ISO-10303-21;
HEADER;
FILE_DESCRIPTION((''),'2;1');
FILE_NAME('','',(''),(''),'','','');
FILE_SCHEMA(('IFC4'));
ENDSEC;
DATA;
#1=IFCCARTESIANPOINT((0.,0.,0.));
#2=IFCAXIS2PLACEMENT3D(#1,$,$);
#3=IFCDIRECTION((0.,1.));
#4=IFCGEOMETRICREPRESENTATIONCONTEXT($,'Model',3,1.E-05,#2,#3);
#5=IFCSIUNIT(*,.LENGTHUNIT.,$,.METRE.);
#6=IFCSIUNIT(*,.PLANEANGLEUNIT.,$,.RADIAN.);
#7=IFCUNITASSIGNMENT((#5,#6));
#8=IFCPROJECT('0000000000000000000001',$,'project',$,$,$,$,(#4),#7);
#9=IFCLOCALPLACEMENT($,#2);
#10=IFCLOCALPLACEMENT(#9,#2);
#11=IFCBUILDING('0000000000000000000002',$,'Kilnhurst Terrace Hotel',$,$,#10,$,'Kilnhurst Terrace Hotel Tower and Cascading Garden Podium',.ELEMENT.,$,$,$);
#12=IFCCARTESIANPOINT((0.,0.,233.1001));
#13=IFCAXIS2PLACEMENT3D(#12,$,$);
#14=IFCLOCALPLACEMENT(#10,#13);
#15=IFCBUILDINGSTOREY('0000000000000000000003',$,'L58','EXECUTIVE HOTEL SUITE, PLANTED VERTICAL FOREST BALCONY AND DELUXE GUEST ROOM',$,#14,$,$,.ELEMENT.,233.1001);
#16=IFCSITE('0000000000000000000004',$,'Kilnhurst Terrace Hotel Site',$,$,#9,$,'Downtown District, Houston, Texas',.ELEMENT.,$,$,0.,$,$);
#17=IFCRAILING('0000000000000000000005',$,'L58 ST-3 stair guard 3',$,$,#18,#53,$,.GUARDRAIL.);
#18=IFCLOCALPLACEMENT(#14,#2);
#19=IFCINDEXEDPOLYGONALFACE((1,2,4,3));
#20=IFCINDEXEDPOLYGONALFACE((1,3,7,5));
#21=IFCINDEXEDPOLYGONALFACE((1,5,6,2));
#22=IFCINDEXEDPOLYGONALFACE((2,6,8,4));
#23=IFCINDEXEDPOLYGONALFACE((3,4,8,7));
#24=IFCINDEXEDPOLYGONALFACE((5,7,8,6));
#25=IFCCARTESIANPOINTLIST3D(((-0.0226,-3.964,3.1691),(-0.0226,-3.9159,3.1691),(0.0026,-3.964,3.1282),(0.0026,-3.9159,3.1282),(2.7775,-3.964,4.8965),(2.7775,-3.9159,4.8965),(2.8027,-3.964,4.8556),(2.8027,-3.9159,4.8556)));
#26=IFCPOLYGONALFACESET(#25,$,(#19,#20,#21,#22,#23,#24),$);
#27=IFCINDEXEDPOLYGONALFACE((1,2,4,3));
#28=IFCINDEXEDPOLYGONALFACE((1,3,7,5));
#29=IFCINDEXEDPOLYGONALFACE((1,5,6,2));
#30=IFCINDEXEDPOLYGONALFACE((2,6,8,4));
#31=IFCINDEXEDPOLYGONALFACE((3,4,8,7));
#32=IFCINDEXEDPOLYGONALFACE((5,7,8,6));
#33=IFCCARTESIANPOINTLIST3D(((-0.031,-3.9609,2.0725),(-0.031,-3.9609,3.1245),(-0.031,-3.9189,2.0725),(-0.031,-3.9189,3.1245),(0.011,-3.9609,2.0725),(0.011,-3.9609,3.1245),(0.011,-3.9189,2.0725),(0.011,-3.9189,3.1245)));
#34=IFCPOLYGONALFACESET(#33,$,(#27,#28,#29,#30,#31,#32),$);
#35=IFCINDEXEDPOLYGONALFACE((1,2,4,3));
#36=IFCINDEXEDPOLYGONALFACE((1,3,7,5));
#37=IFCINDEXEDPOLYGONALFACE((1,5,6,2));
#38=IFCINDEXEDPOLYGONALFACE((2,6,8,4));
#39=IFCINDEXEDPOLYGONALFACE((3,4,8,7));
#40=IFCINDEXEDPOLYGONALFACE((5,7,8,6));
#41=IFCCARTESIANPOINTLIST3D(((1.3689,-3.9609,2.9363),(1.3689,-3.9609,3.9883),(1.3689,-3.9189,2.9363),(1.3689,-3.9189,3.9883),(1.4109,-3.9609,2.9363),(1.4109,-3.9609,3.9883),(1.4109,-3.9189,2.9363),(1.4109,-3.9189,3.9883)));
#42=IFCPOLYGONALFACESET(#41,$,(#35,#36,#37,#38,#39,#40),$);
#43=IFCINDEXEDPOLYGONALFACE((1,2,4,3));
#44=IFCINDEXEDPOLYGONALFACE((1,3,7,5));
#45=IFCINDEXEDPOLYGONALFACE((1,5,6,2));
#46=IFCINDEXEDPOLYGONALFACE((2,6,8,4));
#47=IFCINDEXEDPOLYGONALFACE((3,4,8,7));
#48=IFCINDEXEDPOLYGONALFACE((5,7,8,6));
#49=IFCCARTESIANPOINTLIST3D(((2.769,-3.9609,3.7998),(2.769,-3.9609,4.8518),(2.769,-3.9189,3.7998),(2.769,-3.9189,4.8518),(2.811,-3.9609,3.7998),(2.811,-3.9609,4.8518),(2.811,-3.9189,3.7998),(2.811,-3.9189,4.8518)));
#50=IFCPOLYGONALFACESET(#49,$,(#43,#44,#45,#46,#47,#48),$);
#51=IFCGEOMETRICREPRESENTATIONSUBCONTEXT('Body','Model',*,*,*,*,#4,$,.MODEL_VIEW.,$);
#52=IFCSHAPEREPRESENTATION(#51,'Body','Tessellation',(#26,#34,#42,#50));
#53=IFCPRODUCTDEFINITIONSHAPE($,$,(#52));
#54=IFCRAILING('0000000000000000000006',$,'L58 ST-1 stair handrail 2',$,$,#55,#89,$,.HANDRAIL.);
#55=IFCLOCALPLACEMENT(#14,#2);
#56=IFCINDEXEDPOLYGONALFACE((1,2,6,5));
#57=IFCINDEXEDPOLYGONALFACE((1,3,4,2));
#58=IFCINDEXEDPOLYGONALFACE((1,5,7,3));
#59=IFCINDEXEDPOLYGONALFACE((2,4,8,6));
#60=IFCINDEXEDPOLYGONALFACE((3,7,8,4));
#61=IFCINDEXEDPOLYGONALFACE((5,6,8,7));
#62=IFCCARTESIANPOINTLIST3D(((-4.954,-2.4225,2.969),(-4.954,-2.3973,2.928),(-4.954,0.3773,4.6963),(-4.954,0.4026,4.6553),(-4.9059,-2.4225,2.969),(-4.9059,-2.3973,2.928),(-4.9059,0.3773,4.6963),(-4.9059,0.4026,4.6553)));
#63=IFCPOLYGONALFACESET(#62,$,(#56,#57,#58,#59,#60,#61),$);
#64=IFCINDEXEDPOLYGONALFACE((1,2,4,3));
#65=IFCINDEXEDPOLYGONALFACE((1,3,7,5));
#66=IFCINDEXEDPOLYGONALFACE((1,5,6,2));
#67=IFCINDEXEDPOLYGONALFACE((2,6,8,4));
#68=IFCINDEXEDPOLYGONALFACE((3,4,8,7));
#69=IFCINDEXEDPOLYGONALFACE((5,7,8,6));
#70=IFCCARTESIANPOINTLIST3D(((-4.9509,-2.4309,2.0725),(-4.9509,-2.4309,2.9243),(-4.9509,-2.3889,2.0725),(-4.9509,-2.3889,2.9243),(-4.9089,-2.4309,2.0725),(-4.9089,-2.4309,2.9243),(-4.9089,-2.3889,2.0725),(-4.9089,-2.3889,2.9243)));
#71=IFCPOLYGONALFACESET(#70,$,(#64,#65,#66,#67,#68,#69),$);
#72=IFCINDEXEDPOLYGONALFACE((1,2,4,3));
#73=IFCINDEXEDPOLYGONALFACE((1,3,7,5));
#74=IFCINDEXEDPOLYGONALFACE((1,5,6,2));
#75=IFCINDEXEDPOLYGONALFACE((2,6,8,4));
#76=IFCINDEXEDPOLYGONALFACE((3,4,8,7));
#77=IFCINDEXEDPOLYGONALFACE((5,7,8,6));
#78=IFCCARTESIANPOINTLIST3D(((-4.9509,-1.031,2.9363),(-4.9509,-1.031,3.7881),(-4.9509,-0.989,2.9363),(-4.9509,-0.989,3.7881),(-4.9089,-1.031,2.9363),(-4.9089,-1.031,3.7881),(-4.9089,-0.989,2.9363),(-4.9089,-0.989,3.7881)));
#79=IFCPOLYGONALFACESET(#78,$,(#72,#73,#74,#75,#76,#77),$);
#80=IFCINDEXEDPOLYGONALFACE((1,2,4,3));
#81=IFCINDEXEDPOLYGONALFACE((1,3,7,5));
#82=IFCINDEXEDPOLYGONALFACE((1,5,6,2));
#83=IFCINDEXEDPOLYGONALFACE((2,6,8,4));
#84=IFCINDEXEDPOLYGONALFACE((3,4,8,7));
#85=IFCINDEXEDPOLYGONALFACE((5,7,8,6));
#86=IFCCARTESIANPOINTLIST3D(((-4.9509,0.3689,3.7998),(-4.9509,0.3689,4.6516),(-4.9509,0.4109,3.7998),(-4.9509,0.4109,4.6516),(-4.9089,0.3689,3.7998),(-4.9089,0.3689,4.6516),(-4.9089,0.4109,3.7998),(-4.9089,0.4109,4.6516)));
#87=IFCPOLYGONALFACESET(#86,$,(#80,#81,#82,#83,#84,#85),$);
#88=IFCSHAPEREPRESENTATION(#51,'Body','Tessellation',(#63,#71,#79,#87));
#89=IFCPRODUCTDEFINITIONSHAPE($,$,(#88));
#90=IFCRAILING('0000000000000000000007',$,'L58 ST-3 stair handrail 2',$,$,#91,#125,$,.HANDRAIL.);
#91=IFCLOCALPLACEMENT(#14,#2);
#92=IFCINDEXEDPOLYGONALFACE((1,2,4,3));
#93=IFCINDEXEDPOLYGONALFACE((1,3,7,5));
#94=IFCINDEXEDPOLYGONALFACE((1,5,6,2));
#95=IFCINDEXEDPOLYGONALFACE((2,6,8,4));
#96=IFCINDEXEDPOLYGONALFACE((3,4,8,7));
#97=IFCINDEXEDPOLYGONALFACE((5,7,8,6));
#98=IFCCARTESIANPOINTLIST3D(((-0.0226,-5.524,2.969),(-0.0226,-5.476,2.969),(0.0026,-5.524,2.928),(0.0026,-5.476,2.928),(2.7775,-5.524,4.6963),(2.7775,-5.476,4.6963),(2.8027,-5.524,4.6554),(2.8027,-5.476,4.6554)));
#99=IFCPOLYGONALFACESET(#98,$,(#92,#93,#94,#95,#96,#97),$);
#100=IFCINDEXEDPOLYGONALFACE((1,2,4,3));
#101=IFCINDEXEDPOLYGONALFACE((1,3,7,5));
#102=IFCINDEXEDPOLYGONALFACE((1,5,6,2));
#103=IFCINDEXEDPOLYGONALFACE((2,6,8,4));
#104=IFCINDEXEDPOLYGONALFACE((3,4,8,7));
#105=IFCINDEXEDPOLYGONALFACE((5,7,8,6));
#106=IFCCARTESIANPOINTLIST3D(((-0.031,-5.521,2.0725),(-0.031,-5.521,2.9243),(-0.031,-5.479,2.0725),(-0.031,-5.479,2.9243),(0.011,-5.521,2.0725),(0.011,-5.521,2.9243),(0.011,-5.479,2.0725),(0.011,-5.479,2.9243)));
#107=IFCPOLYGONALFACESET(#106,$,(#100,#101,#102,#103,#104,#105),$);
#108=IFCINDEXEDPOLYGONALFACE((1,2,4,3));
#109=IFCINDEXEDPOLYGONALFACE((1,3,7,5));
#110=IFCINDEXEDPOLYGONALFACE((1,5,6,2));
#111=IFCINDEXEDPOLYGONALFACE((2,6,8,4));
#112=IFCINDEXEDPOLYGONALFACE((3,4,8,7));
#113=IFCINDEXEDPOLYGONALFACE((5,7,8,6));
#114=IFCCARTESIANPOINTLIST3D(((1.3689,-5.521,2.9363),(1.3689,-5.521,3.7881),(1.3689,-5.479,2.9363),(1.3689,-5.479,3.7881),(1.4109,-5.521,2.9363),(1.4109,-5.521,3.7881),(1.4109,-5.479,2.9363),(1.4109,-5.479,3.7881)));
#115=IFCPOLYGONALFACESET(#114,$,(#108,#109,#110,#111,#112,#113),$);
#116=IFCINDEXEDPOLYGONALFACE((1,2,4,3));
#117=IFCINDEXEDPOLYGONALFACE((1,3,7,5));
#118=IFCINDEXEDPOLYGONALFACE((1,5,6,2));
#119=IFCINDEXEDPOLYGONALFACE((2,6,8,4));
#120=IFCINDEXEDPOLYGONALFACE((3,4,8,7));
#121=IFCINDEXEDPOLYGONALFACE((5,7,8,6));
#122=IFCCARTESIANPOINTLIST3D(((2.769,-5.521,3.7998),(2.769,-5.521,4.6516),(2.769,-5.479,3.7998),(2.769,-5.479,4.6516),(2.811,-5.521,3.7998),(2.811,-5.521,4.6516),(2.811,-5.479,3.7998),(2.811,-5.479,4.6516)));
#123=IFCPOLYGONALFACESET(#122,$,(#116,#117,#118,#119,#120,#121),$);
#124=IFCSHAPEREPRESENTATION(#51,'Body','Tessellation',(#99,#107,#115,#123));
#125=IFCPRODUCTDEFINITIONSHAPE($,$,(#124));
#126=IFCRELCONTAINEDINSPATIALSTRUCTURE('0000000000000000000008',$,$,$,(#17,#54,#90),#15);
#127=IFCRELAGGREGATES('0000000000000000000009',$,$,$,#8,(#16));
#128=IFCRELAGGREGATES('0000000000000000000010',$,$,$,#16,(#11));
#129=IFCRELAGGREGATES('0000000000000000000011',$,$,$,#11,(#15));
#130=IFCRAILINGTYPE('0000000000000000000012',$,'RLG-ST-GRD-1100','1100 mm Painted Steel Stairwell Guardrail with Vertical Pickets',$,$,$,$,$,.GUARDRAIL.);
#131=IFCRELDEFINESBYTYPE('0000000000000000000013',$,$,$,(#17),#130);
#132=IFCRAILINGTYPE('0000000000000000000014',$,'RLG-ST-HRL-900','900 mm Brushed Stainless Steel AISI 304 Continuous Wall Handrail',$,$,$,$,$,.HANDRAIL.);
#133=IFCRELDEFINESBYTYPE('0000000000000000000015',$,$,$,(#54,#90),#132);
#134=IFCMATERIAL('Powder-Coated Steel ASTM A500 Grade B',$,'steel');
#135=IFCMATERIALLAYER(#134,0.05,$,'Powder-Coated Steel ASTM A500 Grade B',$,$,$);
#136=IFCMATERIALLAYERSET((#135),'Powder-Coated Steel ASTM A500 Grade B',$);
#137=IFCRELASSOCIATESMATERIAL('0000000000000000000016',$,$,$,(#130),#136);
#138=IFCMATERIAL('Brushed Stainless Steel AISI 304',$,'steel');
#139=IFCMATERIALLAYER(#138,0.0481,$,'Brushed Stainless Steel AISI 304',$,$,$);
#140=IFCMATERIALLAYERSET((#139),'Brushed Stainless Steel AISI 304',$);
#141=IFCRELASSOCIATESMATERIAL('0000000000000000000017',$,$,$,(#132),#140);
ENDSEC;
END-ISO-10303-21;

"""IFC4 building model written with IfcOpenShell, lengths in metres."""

from ifc_helpers import new_model, si_unit, direction, frame, origin, origin_2d, place, context, subcontext, project, spatial, rectangle, extrude, material, layer, layer_set, type_object, element, save


model = new_model("IFC4")

# Units and contexts
model_context = context("Model", 3, precision=1e-05, world=origin(), true_north=direction((0.0, 1.0)))
body_context = subcontext(model_context, "Body", "Model", "MODEL_VIEW")
ifc_project = project(units=[si_unit("LENGTHUNIT", "METRE"), si_unit("PLANEANGLEUNIT", "RADIAN")], contexts=[model_context])

# Site, building, storey
site_placement = place(None, origin())
site = spatial("IfcSite", under=ifc_project, at=site_placement, Name="Kilnhurst Terrace Hotel Site", LongName="Downtown District, Houston, Texas", CompositionType="ELEMENT", RefElevation=0.0)
building_placement = place(site_placement, origin())
building = spatial("IfcBuilding", under=site, at=building_placement, Name="Kilnhurst Terrace Hotel", LongName="Kilnhurst Terrace Hotel Tower and Cascading Garden Podium", CompositionType="ELEMENT")
storey_placement = place(building_placement, frame((0.0, 0.0, 233.1001)))
storey = spatial("IfcBuildingStorey", under=building, at=storey_placement, Name="L58", Description="EXECUTIVE HOTEL SUITE, PLANTED VERTICAL FOREST BALCONY AND DELUXE GUEST ROOM", CompositionType="ELEMENT", Elevation=233.1001)

# Railings
ifc_material_1 = material(Name="Powder-Coated Steel ASTM A500 Grade B", Category="steel")
ifc_layer_1 = layer(ifc_material_1, 0.05, Name="Powder-Coated Steel ASTM A500 Grade B")
ifc_layer_set_1 = layer_set([ifc_layer_1], Name="Powder-Coated Steel ASTM A500 Grade B")
railing_type_1 = type_object("IfcRailingType", Name="RLG-ST-GRD-1100", Description="1100 mm Painted Steel Stairwell Guardrail with Vertical Pickets", PredefinedType="GUARDRAIL", material=ifc_layer_set_1)
railing_1_placement = place(storey_placement, frame((-0.01, -3.9399, 2.0725)))
element("IfcRailing", 1, at=railing_1_placement, inside=storey, type_object=railing_type_1, Name="L58 ST-3 stair guard 3", PredefinedType="GUARDRAIL", context=body_context, shape_type="SweptSolid", body=[
    extrude(rectangle(XDim=0.0481, YDim=0.0481, at=origin_2d()), frame((0.0, 0.0, 1.0762), z_axis=(0.85109, 0.0, 0.52502), x_axis=(0.0, 1.0, 0.0)), (0.0, 0.0, 1.0), 3.29),
    extrude(rectangle(XDim=0.042, YDim=0.042, at=origin_2d()), origin(), (0.0, 0.0, 1.0), 1.052),
    extrude(rectangle(XDim=0.042, YDim=0.042, at=origin_2d()), frame((1.3999, 0.0, 0.8638)), (0.0, 0.0, 1.0), 1.052),
    extrude(rectangle(XDim=0.042, YDim=0.042, at=origin_2d()), frame((2.8, 0.0, 1.7273)), (0.0, 0.0, 1.0), 1.052),
])
ifc_material_2 = material(Name="Brushed Stainless Steel AISI 304", Category="steel")
ifc_layer_2 = layer(ifc_material_2, 0.0481, Name="Brushed Stainless Steel AISI 304")
ifc_layer_set_2 = layer_set([ifc_layer_2], Name="Brushed Stainless Steel AISI 304")
railing_type_2 = type_object("IfcRailingType", Name="RLG-ST-HRL-900", Description="900 mm Brushed Stainless Steel AISI 304 Continuous Wall Handrail", PredefinedType="HANDRAIL", material=ifc_layer_set_2)
railing_2_placement = place(storey_placement, frame((-4.9299, -2.4099, 2.0725)))
element("IfcRailing", 2, at=railing_2_placement, inside=storey, type_object=railing_type_2, Name="L58 ST-1 stair handrail 2", PredefinedType="HANDRAIL", context=body_context, shape_type="SweptSolid", body=[
    extrude(rectangle(XDim=0.0481, YDim=0.0481, at=origin_2d()), frame((0.0, 0.0, 0.876), z_axis=(0.0, 0.851069, 0.525054), x_axis=(-1.0, 0.0, 0.0)), (0.0, 0.0, 1.0), 3.2898),
    extrude(rectangle(XDim=0.042, YDim=0.042, at=origin_2d()), origin(), (0.0, 0.0, 1.0), 0.8518),
    extrude(rectangle(XDim=0.042, YDim=0.042, at=origin_2d()), frame((0.0, 1.3999, 0.8638)), (0.0, 0.0, 1.0), 0.8518),
    extrude(rectangle(XDim=0.042, YDim=0.042, at=origin_2d()), frame((0.0, 2.7998, 1.7273)), (0.0, 0.0, 1.0), 0.8518),
])
railing_3_placement = place(storey_placement, frame((-0.01, -5.5, 2.0725)))
element("IfcRailing", 3, at=railing_3_placement, inside=storey, type_object=railing_type_2, Name="L58 ST-3 stair handrail 2", PredefinedType="HANDRAIL", context=body_context, shape_type="SweptSolid", body=[
    extrude(rectangle(XDim=0.0481, YDim=0.0481, at=origin_2d()), frame((0.0, 0.0, 0.876), z_axis=(0.85109, 0.0, 0.52502), x_axis=(0.0, 1.0, 0.0)), (0.0, 0.0, 1.0), 3.29),
    extrude(rectangle(XDim=0.042, YDim=0.042, at=origin_2d()), origin(), (0.0, 0.0, 1.0), 0.8518),
    extrude(rectangle(XDim=0.042, YDim=0.042, at=origin_2d()), frame((1.3999, 0.0, 0.8638)), (0.0, 0.0, 1.0), 0.8518),
    extrude(rectangle(XDim=0.042, YDim=0.042, at=origin_2d()), frame((2.8, 0.0, 1.7273)), (0.0, 0.0, 1.0), 0.8518),
])

save(model, "model.ifc")
